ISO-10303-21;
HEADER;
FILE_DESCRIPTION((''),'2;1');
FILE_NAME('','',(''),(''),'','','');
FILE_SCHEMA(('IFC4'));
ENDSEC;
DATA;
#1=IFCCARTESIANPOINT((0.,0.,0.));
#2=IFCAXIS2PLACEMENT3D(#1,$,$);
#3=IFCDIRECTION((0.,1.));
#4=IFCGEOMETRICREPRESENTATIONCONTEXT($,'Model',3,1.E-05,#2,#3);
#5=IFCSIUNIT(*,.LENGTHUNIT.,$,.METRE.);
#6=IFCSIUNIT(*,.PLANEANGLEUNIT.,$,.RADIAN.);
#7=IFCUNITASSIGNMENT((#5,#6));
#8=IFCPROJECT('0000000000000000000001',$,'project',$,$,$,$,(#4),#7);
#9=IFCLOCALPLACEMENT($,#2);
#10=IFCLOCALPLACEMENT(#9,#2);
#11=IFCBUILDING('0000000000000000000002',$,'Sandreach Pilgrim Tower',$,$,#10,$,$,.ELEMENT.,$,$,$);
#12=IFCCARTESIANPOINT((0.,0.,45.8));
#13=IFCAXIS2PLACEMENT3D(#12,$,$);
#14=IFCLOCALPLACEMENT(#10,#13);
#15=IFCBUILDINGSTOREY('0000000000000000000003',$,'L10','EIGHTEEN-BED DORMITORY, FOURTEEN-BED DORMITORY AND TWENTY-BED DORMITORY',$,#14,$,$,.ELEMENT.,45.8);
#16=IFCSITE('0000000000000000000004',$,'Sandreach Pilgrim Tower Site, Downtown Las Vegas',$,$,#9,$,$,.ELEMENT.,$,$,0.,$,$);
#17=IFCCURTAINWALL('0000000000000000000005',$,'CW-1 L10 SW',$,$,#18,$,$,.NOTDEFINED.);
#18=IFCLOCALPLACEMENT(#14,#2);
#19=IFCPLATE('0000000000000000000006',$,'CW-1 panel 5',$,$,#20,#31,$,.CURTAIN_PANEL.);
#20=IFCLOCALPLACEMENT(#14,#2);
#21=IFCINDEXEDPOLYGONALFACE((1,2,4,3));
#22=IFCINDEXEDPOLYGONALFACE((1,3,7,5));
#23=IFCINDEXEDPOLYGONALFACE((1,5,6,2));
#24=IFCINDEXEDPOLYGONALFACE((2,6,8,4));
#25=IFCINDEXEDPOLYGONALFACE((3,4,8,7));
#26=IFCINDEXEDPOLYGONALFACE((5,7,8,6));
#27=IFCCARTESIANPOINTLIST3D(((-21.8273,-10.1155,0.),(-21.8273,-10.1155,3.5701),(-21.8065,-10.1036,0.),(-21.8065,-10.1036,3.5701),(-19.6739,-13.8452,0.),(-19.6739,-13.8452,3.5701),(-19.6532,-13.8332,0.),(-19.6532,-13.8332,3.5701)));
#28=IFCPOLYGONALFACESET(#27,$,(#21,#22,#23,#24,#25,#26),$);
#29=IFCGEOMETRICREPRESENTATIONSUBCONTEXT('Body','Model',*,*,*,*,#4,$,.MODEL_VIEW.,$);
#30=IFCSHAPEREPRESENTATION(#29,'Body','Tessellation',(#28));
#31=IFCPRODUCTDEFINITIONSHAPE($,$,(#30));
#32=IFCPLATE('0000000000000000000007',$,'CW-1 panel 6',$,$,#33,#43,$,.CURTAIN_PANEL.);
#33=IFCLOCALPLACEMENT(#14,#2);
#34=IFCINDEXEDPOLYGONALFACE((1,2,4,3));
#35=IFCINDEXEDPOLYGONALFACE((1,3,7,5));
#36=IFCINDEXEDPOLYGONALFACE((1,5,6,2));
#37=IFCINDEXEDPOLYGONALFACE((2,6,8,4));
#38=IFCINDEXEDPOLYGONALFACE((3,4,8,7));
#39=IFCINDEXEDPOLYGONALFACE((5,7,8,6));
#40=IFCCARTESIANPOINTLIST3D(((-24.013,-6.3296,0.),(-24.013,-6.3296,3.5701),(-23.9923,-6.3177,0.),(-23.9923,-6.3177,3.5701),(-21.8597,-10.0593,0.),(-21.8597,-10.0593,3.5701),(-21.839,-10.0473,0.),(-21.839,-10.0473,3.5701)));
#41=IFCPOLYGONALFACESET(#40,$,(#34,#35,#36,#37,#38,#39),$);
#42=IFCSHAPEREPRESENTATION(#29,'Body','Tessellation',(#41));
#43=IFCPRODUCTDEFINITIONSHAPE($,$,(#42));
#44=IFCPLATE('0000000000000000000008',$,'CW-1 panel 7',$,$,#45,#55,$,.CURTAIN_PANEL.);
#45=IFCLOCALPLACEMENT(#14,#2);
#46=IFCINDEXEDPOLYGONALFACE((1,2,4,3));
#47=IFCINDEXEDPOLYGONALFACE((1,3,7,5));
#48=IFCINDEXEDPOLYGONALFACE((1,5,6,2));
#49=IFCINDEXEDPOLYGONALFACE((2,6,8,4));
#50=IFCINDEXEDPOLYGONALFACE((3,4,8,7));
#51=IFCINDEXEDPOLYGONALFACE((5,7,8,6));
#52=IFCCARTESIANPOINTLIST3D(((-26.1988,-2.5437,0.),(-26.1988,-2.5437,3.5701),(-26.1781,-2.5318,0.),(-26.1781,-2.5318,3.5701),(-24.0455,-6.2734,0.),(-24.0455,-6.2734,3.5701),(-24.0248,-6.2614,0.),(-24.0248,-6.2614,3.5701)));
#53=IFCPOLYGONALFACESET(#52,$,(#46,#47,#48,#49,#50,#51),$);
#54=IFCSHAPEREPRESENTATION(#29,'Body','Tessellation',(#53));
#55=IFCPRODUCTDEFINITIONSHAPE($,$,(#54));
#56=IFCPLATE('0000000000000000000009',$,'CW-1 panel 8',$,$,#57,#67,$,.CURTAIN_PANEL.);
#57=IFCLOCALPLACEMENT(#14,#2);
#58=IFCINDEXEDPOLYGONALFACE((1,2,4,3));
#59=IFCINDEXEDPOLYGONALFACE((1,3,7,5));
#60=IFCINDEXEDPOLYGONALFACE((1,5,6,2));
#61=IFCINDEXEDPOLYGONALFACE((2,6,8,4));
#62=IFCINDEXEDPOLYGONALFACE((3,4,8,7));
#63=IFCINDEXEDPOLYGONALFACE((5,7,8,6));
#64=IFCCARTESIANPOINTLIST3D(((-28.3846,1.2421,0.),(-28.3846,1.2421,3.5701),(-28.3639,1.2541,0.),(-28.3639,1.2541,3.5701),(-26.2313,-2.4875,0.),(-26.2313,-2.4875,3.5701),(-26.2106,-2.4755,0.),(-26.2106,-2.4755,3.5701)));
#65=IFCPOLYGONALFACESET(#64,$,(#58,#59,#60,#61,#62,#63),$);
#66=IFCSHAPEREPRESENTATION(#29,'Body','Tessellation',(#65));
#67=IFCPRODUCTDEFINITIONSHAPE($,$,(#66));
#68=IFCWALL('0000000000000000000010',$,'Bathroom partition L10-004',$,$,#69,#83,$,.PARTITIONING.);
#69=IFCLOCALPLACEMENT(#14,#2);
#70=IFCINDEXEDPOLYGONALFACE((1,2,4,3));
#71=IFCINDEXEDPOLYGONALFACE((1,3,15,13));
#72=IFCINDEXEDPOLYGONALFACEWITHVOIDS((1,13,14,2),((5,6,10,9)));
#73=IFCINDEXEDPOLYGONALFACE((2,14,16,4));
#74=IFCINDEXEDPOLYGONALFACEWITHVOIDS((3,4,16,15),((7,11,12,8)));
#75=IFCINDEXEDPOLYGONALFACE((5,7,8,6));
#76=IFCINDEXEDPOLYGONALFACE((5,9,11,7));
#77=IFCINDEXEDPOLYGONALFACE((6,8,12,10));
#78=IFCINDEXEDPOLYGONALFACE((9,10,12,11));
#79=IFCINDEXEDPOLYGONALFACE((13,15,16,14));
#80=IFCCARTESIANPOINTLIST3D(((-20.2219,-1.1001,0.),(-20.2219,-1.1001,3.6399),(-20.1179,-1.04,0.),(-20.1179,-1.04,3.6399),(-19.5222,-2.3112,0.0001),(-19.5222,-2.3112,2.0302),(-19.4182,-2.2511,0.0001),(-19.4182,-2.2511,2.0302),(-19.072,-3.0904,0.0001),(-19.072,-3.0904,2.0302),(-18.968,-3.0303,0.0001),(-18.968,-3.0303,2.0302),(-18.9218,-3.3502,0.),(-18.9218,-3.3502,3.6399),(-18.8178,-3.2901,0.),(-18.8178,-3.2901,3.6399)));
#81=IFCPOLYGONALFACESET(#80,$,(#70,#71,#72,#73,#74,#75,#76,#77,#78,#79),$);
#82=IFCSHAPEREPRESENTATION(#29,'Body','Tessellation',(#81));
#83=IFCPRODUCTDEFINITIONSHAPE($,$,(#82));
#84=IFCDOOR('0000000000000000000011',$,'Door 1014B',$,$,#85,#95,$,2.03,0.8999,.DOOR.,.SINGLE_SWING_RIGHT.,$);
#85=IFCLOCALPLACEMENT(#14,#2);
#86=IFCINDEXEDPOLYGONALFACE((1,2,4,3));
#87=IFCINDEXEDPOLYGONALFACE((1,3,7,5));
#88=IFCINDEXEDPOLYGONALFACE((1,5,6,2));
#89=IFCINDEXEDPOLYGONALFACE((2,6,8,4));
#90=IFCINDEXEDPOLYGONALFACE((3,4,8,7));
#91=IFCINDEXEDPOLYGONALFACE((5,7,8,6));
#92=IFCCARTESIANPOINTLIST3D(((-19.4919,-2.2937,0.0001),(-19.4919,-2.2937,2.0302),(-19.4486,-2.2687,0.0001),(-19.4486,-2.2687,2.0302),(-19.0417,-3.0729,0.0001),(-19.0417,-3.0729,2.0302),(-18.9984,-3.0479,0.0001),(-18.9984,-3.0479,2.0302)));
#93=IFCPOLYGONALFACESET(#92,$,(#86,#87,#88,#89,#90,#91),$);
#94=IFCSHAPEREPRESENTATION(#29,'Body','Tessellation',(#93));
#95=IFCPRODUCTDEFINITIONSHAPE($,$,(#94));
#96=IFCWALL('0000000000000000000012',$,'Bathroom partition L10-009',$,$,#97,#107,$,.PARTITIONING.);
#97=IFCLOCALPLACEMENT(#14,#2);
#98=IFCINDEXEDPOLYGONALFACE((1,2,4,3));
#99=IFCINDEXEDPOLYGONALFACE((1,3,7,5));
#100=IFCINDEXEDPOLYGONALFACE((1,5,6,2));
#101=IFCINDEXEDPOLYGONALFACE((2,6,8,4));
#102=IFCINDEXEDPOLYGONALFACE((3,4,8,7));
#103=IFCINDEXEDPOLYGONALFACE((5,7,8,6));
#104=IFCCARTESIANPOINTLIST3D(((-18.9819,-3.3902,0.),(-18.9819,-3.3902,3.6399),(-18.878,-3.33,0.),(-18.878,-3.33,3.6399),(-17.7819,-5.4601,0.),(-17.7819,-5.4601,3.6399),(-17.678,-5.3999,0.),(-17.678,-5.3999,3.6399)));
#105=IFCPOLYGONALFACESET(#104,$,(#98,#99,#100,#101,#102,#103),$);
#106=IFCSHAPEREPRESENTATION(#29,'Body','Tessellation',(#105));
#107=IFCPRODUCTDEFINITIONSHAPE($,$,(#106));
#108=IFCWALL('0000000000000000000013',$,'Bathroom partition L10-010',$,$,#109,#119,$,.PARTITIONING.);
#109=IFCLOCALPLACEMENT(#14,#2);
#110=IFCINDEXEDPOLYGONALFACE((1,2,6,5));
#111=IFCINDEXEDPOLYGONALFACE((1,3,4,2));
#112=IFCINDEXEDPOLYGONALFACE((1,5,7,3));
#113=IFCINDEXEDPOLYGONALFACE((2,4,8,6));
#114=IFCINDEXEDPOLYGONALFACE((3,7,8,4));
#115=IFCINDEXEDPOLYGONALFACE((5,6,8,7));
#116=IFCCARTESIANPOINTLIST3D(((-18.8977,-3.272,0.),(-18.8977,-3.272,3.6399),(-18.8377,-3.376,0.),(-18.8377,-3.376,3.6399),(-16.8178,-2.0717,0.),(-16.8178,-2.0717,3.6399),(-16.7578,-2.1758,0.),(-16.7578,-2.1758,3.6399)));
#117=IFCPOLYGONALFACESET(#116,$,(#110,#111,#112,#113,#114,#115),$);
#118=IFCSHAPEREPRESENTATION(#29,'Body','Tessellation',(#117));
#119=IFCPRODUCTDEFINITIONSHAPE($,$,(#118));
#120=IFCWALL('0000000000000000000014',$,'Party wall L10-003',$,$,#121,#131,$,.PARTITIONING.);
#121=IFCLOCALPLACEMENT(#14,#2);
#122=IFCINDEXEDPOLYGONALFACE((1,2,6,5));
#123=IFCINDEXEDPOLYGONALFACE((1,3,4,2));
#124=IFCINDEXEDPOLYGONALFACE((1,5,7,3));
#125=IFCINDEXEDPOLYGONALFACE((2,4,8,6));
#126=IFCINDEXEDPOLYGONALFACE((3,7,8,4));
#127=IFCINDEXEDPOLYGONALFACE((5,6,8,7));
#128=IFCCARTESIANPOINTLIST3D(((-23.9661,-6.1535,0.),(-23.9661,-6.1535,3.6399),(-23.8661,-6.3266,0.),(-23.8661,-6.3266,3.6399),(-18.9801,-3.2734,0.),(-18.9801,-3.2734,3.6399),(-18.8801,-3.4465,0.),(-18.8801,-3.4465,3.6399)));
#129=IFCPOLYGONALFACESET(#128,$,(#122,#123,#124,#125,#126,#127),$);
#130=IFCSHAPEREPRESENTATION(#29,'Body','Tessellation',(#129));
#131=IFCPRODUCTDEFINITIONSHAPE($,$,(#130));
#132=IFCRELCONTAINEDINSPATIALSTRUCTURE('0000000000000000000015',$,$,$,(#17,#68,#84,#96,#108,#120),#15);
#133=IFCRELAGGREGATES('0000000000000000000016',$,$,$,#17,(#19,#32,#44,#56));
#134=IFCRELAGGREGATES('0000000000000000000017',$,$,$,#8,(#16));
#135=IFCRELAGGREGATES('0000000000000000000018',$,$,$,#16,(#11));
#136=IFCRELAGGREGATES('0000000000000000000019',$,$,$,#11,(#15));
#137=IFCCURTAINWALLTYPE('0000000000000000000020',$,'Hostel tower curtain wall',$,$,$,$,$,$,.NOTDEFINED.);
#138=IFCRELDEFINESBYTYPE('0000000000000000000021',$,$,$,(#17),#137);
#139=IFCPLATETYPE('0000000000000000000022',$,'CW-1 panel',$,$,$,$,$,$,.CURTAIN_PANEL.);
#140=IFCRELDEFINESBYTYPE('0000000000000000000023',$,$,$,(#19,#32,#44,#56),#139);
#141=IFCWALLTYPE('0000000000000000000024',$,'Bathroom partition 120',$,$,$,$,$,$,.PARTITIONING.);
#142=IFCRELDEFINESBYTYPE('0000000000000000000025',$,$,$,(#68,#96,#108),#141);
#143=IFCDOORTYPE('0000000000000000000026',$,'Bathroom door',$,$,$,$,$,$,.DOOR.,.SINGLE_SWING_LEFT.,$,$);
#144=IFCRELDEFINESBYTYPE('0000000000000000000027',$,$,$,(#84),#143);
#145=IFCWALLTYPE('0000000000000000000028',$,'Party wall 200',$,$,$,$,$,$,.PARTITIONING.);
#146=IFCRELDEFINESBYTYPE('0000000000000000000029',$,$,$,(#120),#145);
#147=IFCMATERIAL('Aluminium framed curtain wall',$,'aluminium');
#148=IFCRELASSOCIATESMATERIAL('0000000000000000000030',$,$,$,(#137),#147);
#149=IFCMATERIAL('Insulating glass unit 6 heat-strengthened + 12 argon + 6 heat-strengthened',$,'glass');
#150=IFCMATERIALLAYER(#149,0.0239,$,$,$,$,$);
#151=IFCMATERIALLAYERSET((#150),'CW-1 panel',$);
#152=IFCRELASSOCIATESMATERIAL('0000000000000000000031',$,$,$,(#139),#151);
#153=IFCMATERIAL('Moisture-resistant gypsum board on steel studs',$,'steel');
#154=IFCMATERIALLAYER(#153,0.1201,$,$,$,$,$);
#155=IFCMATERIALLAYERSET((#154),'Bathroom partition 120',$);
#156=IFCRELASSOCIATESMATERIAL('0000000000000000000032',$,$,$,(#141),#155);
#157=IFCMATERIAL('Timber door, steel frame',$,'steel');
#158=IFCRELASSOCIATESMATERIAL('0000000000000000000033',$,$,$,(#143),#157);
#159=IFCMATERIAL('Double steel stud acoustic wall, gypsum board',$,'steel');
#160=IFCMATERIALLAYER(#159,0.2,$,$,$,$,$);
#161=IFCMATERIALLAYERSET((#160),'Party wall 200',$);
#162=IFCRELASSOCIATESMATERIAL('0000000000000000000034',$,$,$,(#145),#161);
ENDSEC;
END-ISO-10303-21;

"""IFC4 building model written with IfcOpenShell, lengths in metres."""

from ifc_helpers import new_model, si_unit, direction, frame, frame_2d, origin, origin_2d, place, context, subcontext, project, spatial, rectangle, extrude, material, layer, layer_set, type_object, element, fill, aggregate, save


model = new_model("IFC4")

# Units and contexts
model_context = context("Model", 3, precision=1e-05, world=origin(), true_north=direction((0.0, 1.0)))
body_context = subcontext(model_context, "Body", "Model", "MODEL_VIEW")
ifc_project = project(units=[si_unit("LENGTHUNIT", "METRE"), si_unit("PLANEANGLEUNIT", "RADIAN")], contexts=[model_context])

# Site, building, storey
site_placement = place(None, origin())
site = spatial("IfcSite", under=ifc_project, at=site_placement, Name="Sandreach Pilgrim Tower Site, Downtown Las Vegas", CompositionType="ELEMENT", RefElevation=0.0)
building_placement = place(site_placement, origin())
building = spatial("IfcBuilding", under=site, at=building_placement, Name="Sandreach Pilgrim Tower", CompositionType="ELEMENT")
storey_placement = place(building_placement, frame((0.0, 0.0, 45.8)))
storey = spatial("IfcBuildingStorey", under=building, at=storey_placement, Name="L10", Description="EIGHTEEN-BED DORMITORY, FOURTEEN-BED DORMITORY AND TWENTY-BED DORMITORY", CompositionType="ELEMENT", Elevation=45.8)

# Curtain wall
ifc_material_1 = material(Name="Aluminium framed curtain wall", Category="aluminium")
curtain_wall_type = type_object("IfcCurtainWallType", Name="Hostel tower curtain wall", PredefinedType="NOTDEFINED", material=ifc_material_1)
curtain_wall_placement = place(storey_placement, origin())
curtain_wall = element("IfcCurtainWall", 1, at=curtain_wall_placement, inside=storey, type_object=curtain_wall_type, Name="CW-1 L10 SW", PredefinedType="NOTDEFINED")

# Plates
ifc_material_2 = material(Name="Insulating glass unit 6 heat-strengthened + 12 argon + 6 heat-strengthened", Category="glass")
ifc_layer_1 = layer(ifc_material_2, 0.0239)
ifc_layer_set_1 = layer_set([ifc_layer_1], Name="CW-1 panel")
plate_type = type_object("IfcPlateType", Name="CW-1 panel", PredefinedType="CURTAIN_PANEL", material=ifc_layer_set_1)
plate_1_placement = place(storey_placement, frame((-20.7402, -11.9744, 0.0), z_axis=(0.0, 0.0, 1.0), x_axis=(-0.5, 0.866025, 0.0)))
plate_1 = element("IfcPlate", 2, at=plate_1_placement, type_object=plate_type, Name="CW-1 panel 5", PredefinedType="CURTAIN_PANEL", context=body_context, shape_type="SweptSolid", body=[
    extrude(rectangle(XDim=4.3066, YDim=0.0239, at=origin_2d()), origin(), (0.0, 0.0, 1.0), 3.5701),
])
plate_2_placement = place(storey_placement, frame((-22.926, -8.1885, 0.0), z_axis=(0.0, 0.0, 1.0), x_axis=(-0.5, 0.866025, 0.0)))
plate_2 = element("IfcPlate", 3, at=plate_2_placement, type_object=plate_type, Name="CW-1 panel 6", PredefinedType="CURTAIN_PANEL", context=body_context, shape_type="SweptSolid", body=[
    extrude(rectangle(XDim=4.3066, YDim=0.0239, at=origin_2d()), origin(), (0.0, 0.0, 1.0), 3.5701),
])
plate_3_placement = place(storey_placement, frame((-25.1118, -4.4026, 0.0), z_axis=(0.0, 0.0, 1.0), x_axis=(-0.5, 0.866025, 0.0)))
plate_3 = element("IfcPlate", 4, at=plate_3_placement, type_object=plate_type, Name="CW-1 panel 7", PredefinedType="CURTAIN_PANEL", context=body_context, shape_type="SweptSolid", body=[
    extrude(rectangle(XDim=4.3066, YDim=0.0239, at=origin_2d()), origin(), (0.0, 0.0, 1.0), 3.5701),
])
plate_4_placement = place(storey_placement, frame((-27.2976, -0.6167, 0.0), z_axis=(0.0, 0.0, 1.0), x_axis=(-0.5, 0.866025, 0.0)))
plate_4 = element("IfcPlate", 5, at=plate_4_placement, type_object=plate_type, Name="CW-1 panel 8", PredefinedType="CURTAIN_PANEL", context=body_context, shape_type="SweptSolid", body=[
    extrude(rectangle(XDim=4.3066, YDim=0.0239, at=origin_2d()), origin(), (0.0, 0.0, 1.0), 3.5701),
])
aggregate(curtain_wall, [plate_1, plate_2, plate_3, plate_4])

# Wall, opening, door
ifc_material_3 = material(Name="Moisture-resistant gypsum board on steel studs", Category="steel")
ifc_layer_2 = layer(ifc_material_3, 0.1201)
ifc_layer_set_2 = layer_set([ifc_layer_2], Name="Bathroom partition 120")
wall_type_1 = type_object("IfcWallType", Name="Bathroom partition 120", PredefinedType="PARTITIONING", material=ifc_layer_set_2)
wall_1_placement = place(storey_placement, frame((-20.1699, -1.0701, 0.0), z_axis=(0.0, 0.0, 1.0), x_axis=(0.500292, -0.865857, 0.0)))
wall_1 = element("IfcWall", 6, at=wall_1_placement, inside=storey, type_object=wall_type_1, Name="Bathroom partition L10-004", PredefinedType="PARTITIONING", context=body_context, shape_type="SweptSolid", body=[
    extrude(rectangle(XDim=2.5986, YDim=0.1201, at=frame_2d((1.2993, 0.0))), origin(), (0.0, 0.0, 1.0), 3.6399),
])
opening_placement = place(wall_1_placement, frame((1.3987, 0.0, 0.0)))
opening = element("IfcOpeningElement", 7, at=opening_placement, cuts=wall_1, PredefinedType="OPENING", context=body_context, shape_type="SweptSolid", body=[
    extrude(rectangle(XDim=0.8999, YDim=2.03, at=frame_2d((0.45, 1.0151))), frame((0.0, 0.0601, 0.0), z_axis=(0.0, -1.0, 0.0), x_axis=(1.0, 0.0, 0.0)), (0.0, 0.0, 1.0), 0.1201),
])
ifc_material_4 = material(Name="Timber door, steel frame", Category="steel")
door_type = type_object("IfcDoorType", Name="Bathroom door", OperationType="SINGLE_SWING_LEFT", PredefinedType="DOOR", material=ifc_material_4)
door_placement = place(opening_placement, origin())
door = element("IfcDoor", 8, at=door_placement, inside=storey, type_object=door_type, Name="Door 1014B", OperationType="SINGLE_SWING_RIGHT", OverallHeight=2.03, OverallWidth=0.8999, PredefinedType="DOOR", context=body_context, shape_type="SweptSolid", body=[
    extrude(rectangle(XDim=0.8999, YDim=2.03, at=frame_2d((0.45, 1.0151))), frame((0.0, 0.0249, 0.0), z_axis=(0.0, -1.0, 0.0), x_axis=(1.0, 0.0, 0.0)), (0.0, 0.0, 1.0), 0.05),
])
fill(opening, door)

# Walls
wall_2_placement = place(storey_placement, frame((-18.9299, -3.3601, 0.0), z_axis=(0.0, 0.0, 1.0), x_axis=(0.501547, -0.86513, 0.0)))
element("IfcWall", 9, at=wall_2_placement, inside=storey, type_object=wall_type_1, Name="Bathroom partition L10-009", PredefinedType="PARTITIONING", context=body_context, shape_type="SweptSolid", body=[
    extrude(rectangle(XDim=2.3926, YDim=0.1201, at=frame_2d((1.1963, 0.0))), origin(), (0.0, 0.0, 1.0), 3.6399),
])
wall_3_placement = place(storey_placement, frame((-18.8677, -3.324, 0.0), z_axis=(0.0, 0.0, 1.0), x_axis=(0.866133, 0.499813, 0.0)))
element("IfcWall", 10, at=wall_3_placement, inside=storey, type_object=wall_type_1, Name="Bathroom partition L10-010", PredefinedType="PARTITIONING", context=body_context, shape_type="SweptSolid", body=[
    extrude(rectangle(XDim=2.4014, YDim=0.1201, at=frame_2d((1.2007, 0.0))), origin(), (0.0, 0.0, 1.0), 3.6399),
])
ifc_material_5 = material(Name="Double steel stud acoustic wall, gypsum board", Category="steel")
ifc_layer_3 = layer(ifc_material_5, 0.2)
ifc_layer_set_3 = layer_set([ifc_layer_3], Name="Party wall 200")
wall_type_2 = type_object("IfcWallType", Name="Party wall 200", PredefinedType="PARTITIONING", material=ifc_layer_set_3)
wall_4_placement = place(storey_placement, frame((-23.916, -6.24, 0.0), z_axis=(0.0, 0.0, 1.0), x_axis=(0.865919, 0.500184, 0.0)))
element("IfcWall", 11, at=wall_4_placement, inside=storey, type_object=wall_type_2, Name="Party wall L10-003", PredefinedType="PARTITIONING", context=body_context, shape_type="SweptSolid", body=[
    extrude(rectangle(XDim=5.7581, YDim=0.2, at=frame_2d((2.8789, 0.0))), origin(), (0.0, 0.0, 1.0), 3.6399),
])

save(model, "model.ifc")
